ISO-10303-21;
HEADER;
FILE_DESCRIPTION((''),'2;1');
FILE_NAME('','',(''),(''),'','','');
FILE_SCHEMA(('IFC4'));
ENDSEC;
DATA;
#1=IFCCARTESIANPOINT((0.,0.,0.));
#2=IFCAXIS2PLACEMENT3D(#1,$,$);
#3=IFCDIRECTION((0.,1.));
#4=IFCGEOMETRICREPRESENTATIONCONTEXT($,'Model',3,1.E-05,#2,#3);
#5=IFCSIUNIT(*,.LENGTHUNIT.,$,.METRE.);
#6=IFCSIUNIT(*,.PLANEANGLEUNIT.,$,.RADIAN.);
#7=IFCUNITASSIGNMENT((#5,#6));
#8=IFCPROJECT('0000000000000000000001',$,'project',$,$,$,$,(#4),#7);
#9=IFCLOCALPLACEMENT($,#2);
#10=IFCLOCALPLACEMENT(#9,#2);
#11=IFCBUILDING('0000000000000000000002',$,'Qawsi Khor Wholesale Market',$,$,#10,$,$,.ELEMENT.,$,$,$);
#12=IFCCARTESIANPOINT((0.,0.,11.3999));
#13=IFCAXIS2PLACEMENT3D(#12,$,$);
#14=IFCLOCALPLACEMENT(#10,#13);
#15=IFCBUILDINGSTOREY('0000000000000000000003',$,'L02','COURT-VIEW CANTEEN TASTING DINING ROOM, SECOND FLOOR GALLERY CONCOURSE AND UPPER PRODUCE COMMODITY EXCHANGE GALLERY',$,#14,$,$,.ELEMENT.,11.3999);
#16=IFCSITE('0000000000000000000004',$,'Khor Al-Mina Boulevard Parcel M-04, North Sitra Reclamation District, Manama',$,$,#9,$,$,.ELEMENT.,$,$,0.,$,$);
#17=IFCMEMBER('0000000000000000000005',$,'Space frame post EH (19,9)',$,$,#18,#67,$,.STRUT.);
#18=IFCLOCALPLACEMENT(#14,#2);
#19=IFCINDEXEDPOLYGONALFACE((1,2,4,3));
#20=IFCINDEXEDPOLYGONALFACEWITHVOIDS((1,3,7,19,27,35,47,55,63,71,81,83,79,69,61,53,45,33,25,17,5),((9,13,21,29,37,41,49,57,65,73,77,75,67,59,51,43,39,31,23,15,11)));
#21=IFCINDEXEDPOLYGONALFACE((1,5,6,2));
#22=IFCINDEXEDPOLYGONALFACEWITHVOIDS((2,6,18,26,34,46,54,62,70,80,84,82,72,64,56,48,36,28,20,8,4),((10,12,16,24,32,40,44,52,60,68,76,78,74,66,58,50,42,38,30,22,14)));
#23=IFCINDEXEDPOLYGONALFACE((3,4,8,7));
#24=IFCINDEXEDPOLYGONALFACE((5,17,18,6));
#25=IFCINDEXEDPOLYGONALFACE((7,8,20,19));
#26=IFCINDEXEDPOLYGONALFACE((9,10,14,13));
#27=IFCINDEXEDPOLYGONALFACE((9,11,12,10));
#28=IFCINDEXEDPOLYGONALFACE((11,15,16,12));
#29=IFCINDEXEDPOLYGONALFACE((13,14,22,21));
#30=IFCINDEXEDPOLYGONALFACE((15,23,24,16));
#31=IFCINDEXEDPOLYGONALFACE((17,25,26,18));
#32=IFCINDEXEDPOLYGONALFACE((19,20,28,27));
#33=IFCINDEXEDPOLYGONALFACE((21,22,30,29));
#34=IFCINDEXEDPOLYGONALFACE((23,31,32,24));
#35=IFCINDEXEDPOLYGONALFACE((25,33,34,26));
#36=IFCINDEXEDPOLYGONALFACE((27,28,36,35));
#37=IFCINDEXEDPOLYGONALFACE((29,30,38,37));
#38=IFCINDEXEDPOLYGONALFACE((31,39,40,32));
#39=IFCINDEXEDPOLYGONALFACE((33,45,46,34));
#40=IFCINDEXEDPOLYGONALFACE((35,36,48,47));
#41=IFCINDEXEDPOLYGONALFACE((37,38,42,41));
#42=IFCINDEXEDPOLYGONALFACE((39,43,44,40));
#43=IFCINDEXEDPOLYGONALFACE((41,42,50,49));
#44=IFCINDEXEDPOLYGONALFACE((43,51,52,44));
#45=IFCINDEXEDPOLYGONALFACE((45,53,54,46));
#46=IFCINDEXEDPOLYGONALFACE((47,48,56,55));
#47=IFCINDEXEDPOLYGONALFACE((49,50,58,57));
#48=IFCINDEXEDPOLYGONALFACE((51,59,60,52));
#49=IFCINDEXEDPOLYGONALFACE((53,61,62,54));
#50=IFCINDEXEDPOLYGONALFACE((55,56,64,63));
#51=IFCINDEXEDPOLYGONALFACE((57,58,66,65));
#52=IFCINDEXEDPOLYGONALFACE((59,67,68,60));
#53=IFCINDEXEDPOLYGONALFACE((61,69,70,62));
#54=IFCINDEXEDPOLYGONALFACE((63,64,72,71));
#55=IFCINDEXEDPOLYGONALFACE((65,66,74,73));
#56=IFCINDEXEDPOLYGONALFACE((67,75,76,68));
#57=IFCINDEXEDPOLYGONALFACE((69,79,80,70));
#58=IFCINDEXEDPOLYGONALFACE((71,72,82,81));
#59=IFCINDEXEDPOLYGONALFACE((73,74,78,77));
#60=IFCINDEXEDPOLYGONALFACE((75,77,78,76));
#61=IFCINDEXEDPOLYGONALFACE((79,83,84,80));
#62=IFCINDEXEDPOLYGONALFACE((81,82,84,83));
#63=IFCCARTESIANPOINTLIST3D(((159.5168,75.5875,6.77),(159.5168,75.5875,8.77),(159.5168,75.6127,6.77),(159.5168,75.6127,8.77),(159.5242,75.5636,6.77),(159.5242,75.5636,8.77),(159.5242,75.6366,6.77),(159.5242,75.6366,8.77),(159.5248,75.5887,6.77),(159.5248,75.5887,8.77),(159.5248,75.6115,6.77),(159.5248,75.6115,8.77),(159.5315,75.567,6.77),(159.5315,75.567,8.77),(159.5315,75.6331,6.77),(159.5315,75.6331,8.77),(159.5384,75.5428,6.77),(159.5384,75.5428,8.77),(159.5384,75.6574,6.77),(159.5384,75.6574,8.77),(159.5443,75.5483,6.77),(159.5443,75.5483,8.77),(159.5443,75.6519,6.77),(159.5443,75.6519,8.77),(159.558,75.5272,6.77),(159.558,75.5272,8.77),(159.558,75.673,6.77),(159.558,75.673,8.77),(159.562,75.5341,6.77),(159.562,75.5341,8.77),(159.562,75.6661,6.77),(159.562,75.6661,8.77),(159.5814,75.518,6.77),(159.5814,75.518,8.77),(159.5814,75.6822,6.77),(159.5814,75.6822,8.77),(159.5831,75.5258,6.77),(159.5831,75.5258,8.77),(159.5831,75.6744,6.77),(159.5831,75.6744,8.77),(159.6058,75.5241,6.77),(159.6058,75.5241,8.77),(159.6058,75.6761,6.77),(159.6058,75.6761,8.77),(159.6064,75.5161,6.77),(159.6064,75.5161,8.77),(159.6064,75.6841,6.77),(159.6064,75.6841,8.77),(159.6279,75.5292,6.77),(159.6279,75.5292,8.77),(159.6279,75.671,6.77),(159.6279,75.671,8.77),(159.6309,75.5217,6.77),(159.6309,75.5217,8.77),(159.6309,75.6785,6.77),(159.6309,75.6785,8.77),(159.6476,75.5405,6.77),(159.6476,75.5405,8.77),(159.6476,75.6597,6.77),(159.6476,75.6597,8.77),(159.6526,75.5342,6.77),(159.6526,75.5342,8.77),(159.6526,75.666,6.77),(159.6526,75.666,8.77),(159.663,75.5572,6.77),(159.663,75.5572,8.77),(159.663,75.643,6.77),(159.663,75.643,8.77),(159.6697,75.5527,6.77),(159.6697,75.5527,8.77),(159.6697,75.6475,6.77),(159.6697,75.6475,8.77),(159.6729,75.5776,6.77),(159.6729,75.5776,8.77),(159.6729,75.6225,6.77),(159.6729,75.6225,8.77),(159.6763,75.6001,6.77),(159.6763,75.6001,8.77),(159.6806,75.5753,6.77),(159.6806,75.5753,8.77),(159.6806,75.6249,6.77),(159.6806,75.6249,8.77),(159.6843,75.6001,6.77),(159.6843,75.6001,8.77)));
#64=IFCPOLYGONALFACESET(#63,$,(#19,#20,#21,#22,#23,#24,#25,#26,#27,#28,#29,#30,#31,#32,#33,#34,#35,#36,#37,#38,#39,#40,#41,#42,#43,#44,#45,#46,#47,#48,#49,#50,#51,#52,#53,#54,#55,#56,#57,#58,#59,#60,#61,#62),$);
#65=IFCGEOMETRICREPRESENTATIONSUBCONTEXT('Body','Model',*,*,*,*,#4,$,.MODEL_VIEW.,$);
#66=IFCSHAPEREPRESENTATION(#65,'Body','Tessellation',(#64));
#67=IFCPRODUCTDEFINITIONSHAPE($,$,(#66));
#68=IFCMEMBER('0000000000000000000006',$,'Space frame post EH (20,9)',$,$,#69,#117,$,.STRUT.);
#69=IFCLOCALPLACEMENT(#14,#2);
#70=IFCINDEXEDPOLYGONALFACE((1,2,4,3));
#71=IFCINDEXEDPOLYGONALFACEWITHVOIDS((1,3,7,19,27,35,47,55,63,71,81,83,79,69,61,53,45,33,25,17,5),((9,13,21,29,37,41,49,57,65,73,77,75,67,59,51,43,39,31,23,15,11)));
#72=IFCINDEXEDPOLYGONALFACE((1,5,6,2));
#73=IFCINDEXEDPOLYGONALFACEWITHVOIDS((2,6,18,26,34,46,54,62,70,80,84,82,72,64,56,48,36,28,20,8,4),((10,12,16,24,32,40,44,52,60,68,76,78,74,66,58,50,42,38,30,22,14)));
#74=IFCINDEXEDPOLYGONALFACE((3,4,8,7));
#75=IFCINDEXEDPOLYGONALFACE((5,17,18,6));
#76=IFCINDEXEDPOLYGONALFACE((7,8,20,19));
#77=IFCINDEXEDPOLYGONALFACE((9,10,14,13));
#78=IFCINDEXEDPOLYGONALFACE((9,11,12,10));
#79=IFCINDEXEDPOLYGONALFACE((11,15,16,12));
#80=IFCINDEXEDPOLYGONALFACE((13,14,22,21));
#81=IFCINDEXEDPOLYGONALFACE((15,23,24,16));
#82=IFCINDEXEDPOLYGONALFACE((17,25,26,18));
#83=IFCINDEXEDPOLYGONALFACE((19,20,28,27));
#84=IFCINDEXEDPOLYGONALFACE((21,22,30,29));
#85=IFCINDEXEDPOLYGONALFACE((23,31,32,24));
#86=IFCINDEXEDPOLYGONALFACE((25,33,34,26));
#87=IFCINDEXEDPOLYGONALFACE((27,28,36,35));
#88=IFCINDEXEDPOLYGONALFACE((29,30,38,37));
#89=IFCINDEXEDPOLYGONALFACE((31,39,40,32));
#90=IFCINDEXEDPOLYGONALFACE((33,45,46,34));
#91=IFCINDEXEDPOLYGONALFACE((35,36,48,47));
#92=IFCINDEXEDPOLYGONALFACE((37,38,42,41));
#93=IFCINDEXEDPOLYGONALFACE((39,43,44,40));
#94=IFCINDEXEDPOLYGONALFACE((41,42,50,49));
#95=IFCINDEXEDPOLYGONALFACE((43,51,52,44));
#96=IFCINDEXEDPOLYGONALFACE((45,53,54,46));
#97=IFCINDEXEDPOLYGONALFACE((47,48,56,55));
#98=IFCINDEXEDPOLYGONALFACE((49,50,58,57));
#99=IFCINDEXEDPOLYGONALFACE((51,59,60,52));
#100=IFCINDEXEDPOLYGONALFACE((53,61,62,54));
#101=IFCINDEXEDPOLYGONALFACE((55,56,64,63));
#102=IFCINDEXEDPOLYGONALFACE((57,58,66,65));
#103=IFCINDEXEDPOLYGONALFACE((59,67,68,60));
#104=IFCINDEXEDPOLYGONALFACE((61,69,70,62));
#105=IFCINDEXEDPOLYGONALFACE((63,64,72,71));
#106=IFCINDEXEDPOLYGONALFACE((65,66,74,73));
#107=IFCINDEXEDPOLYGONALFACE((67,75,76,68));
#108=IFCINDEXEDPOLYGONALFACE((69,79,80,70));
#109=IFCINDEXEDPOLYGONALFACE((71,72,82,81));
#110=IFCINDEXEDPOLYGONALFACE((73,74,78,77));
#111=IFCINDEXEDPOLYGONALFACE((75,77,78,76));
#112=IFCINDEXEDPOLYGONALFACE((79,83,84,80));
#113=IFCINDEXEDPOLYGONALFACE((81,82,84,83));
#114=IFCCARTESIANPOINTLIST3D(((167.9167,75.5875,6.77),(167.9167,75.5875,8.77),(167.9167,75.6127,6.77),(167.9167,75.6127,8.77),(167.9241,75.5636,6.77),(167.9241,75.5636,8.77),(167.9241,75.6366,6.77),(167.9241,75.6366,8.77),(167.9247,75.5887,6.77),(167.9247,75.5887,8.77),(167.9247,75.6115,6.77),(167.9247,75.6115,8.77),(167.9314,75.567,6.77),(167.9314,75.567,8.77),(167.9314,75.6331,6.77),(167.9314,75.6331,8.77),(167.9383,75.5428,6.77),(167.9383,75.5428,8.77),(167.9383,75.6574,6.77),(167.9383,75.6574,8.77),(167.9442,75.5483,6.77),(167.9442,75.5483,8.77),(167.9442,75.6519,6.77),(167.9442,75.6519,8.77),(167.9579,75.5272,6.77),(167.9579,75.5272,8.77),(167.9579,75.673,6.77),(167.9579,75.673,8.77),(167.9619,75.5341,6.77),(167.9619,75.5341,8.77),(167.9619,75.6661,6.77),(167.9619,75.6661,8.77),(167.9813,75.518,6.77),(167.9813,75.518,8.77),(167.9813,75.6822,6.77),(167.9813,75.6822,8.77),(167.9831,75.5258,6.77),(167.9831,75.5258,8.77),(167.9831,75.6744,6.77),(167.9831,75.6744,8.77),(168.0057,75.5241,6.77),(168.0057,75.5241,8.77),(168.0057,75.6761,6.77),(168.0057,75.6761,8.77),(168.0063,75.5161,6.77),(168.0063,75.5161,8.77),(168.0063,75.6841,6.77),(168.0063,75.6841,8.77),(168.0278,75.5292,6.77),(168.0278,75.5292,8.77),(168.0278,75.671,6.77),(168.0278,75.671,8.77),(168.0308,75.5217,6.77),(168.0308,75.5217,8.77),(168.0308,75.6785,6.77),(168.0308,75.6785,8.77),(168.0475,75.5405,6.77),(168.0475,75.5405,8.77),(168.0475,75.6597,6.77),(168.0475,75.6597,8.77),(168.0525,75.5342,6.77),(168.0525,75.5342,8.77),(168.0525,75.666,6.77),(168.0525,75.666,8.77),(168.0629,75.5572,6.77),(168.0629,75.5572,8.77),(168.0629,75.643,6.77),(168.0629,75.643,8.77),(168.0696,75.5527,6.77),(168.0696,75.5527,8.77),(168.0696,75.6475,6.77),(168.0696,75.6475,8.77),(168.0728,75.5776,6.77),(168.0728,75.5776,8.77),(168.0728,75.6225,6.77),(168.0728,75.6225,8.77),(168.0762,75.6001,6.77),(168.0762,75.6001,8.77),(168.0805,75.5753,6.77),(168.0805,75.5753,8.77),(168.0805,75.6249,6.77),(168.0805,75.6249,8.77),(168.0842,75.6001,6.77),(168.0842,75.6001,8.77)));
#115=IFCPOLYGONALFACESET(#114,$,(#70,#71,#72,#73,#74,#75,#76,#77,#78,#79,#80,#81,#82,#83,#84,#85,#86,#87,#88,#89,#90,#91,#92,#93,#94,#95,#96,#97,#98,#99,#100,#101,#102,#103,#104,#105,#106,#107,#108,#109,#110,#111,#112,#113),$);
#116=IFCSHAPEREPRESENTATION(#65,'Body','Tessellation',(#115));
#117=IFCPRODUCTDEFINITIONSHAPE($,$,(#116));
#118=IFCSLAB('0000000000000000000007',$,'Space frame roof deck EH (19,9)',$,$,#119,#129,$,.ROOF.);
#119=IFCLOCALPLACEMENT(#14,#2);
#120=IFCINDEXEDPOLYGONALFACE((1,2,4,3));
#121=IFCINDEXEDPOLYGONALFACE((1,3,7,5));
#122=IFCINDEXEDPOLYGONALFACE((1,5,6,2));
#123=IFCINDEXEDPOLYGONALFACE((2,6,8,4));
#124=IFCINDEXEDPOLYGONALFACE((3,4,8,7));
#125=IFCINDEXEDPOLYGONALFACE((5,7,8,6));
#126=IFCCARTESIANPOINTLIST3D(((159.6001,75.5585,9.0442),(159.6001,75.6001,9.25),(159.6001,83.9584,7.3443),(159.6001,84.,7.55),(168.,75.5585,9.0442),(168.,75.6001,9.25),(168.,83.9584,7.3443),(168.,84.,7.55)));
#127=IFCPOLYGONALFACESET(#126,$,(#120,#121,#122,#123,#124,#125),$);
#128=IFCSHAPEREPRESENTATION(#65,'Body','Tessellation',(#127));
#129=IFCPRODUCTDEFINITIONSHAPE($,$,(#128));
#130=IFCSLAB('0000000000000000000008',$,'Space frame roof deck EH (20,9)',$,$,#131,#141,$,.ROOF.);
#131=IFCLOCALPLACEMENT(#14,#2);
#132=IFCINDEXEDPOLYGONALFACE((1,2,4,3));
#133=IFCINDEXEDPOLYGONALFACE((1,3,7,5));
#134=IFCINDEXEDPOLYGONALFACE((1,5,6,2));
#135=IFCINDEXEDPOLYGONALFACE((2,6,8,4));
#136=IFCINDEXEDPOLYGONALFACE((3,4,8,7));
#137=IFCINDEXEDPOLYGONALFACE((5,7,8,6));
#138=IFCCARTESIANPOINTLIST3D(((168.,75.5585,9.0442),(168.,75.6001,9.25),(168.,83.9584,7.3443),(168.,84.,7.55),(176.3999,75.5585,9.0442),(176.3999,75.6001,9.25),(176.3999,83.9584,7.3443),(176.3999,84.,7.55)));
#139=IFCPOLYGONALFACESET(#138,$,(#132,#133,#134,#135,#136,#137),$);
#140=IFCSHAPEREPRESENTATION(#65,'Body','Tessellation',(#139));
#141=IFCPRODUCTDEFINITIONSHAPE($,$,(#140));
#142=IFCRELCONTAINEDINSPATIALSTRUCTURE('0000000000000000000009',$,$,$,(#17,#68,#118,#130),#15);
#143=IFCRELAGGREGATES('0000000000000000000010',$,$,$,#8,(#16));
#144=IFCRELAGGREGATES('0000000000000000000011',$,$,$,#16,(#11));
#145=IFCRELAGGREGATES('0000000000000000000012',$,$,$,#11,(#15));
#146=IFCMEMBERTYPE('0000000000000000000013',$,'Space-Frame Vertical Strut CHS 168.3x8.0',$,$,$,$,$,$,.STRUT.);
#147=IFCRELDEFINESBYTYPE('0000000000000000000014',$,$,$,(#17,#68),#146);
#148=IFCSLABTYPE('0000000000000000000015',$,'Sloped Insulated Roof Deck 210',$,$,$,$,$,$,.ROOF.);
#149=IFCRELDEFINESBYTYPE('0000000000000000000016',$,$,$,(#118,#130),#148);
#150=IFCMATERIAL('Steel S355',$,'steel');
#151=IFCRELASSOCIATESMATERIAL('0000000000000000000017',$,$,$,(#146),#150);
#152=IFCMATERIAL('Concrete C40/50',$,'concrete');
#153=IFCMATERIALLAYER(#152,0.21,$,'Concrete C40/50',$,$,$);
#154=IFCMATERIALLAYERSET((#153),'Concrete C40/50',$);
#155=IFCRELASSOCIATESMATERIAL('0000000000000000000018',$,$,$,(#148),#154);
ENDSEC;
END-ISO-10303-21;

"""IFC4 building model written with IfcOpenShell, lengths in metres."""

from ifc_helpers import new_model, si_unit, direction, frame, origin, origin_2d, place, context, subcontext, project, spatial, polyline, hollow_circle, outline, extrude, material, layer, layer_set, material_profile, profile_set, type_object, element, save


model = new_model("IFC4")

# Units and contexts
model_context = context("Model", 3, precision=1e-05, world=origin(), true_north=direction((0.0, 1.0)))
body_context = subcontext(model_context, "Body", "Model", "MODEL_VIEW")
ifc_project = project(units=[si_unit("LENGTHUNIT", "METRE"), si_unit("PLANEANGLEUNIT", "RADIAN")], contexts=[model_context])

# Site, building, storey
site_placement = place(None, origin())
site = spatial("IfcSite", under=ifc_project, at=site_placement, Name="Khor Al-Mina Boulevard Parcel M-04, North Sitra Reclamation District, Manama", CompositionType="ELEMENT", RefElevation=0.0)
building_placement = place(site_placement, origin())
building = spatial("IfcBuilding", under=site, at=building_placement, Name="Qawsi Khor Wholesale Market", CompositionType="ELEMENT")
storey_placement = place(building_placement, frame((0.0, 0.0, 11.3999)))
storey = spatial("IfcBuildingStorey", under=building, at=storey_placement, Name="L02", Description="COURT-VIEW CANTEEN TASTING DINING ROOM, SECOND FLOOR GALLERY CONCOURSE AND UPPER PRODUCE COMMODITY EXCHANGE GALLERY", CompositionType="ELEMENT", Elevation=11.3999)

# Members
ifc_material_1 = material(Name="Steel S355", Category="steel")
ifc_material_profile_1 = material_profile(ifc_material_1, hollow_circle(Radius=0.0842, WallThickness=0.0081, at=origin_2d()), Name="CHS 168.3x8.0")
ifc_profile_set_1 = profile_set([ifc_material_profile_1], Name="Steel S355")
member_type_1 = type_object("IfcMemberType", Name="Space-Frame Vertical Strut CHS 168.3x8.0", PredefinedType="STRUT", material=ifc_profile_set_1)
for number, where, z_axis, x_axis, name in (
    (1, (159.6001, 75.6001, 6.77), (0.0, 0.0, 1.0), (1.0, 0.0, 0.0), "Space frame post EH (19,9)"),
    (2, (168.0, 75.6001, 6.77), (0.0, 0.0, 1.0), (1.0, 0.0, 0.0), "Space frame post EH (20,9)"),
):
    element("IfcMember", number, at=place(storey_placement, frame(where, z_axis=z_axis, x_axis=x_axis)), inside=storey, type_object=member_type_1, Name=name, PredefinedType="STRUT", context=body_context, shape_type="SweptSolid", body=[
        extrude(hollow_circle(Radius=0.0842, WallThickness=0.0081, at=origin_2d()), origin(), (0.0, 0.0, 1.0), 2.0),
    ])

# Slabs
ifc_material_2 = material(Name="Concrete C40/50", Category="concrete")
ifc_layer = layer(ifc_material_2, 0.21, Name="Concrete C40/50")
ifc_layer_set = layer_set([ifc_layer], Name="Concrete C40/50")
slab_type = type_object("IfcSlabType", Name="Sloped Insulated Roof Deck 210", PredefinedType="ROOF", material=ifc_layer_set)
for number, where, z_axis, x_axis, name in (
    (3, (159.6001, 75.6001, 9.25), (0.0, 0.198356, 0.98013), (1.0, 0.0, 0.0), "Space frame roof deck EH (19,9)"),
    (4, (168.0, 75.6001, 9.25), (0.0, 0.198356, 0.98013), (1.0, 0.0, 0.0), "Space frame roof deck EH (20,9)"),
):
    element("IfcSlab", number, at=place(storey_placement, frame(where, z_axis=z_axis, x_axis=x_axis)), inside=storey, type_object=slab_type, Name=name, PredefinedType="ROOF", context=body_context, shape_type="SweptSolid", body=[
        extrude(outline(polyline([(0.0, 0.0), (8.3999, 0.0), (8.3999, 8.5702), (0.0, 8.5702), (0.0, 0.0)])), origin(), (0.0, 0.0, -1.0), 0.21),
    ])

save(model, "model.ifc")
